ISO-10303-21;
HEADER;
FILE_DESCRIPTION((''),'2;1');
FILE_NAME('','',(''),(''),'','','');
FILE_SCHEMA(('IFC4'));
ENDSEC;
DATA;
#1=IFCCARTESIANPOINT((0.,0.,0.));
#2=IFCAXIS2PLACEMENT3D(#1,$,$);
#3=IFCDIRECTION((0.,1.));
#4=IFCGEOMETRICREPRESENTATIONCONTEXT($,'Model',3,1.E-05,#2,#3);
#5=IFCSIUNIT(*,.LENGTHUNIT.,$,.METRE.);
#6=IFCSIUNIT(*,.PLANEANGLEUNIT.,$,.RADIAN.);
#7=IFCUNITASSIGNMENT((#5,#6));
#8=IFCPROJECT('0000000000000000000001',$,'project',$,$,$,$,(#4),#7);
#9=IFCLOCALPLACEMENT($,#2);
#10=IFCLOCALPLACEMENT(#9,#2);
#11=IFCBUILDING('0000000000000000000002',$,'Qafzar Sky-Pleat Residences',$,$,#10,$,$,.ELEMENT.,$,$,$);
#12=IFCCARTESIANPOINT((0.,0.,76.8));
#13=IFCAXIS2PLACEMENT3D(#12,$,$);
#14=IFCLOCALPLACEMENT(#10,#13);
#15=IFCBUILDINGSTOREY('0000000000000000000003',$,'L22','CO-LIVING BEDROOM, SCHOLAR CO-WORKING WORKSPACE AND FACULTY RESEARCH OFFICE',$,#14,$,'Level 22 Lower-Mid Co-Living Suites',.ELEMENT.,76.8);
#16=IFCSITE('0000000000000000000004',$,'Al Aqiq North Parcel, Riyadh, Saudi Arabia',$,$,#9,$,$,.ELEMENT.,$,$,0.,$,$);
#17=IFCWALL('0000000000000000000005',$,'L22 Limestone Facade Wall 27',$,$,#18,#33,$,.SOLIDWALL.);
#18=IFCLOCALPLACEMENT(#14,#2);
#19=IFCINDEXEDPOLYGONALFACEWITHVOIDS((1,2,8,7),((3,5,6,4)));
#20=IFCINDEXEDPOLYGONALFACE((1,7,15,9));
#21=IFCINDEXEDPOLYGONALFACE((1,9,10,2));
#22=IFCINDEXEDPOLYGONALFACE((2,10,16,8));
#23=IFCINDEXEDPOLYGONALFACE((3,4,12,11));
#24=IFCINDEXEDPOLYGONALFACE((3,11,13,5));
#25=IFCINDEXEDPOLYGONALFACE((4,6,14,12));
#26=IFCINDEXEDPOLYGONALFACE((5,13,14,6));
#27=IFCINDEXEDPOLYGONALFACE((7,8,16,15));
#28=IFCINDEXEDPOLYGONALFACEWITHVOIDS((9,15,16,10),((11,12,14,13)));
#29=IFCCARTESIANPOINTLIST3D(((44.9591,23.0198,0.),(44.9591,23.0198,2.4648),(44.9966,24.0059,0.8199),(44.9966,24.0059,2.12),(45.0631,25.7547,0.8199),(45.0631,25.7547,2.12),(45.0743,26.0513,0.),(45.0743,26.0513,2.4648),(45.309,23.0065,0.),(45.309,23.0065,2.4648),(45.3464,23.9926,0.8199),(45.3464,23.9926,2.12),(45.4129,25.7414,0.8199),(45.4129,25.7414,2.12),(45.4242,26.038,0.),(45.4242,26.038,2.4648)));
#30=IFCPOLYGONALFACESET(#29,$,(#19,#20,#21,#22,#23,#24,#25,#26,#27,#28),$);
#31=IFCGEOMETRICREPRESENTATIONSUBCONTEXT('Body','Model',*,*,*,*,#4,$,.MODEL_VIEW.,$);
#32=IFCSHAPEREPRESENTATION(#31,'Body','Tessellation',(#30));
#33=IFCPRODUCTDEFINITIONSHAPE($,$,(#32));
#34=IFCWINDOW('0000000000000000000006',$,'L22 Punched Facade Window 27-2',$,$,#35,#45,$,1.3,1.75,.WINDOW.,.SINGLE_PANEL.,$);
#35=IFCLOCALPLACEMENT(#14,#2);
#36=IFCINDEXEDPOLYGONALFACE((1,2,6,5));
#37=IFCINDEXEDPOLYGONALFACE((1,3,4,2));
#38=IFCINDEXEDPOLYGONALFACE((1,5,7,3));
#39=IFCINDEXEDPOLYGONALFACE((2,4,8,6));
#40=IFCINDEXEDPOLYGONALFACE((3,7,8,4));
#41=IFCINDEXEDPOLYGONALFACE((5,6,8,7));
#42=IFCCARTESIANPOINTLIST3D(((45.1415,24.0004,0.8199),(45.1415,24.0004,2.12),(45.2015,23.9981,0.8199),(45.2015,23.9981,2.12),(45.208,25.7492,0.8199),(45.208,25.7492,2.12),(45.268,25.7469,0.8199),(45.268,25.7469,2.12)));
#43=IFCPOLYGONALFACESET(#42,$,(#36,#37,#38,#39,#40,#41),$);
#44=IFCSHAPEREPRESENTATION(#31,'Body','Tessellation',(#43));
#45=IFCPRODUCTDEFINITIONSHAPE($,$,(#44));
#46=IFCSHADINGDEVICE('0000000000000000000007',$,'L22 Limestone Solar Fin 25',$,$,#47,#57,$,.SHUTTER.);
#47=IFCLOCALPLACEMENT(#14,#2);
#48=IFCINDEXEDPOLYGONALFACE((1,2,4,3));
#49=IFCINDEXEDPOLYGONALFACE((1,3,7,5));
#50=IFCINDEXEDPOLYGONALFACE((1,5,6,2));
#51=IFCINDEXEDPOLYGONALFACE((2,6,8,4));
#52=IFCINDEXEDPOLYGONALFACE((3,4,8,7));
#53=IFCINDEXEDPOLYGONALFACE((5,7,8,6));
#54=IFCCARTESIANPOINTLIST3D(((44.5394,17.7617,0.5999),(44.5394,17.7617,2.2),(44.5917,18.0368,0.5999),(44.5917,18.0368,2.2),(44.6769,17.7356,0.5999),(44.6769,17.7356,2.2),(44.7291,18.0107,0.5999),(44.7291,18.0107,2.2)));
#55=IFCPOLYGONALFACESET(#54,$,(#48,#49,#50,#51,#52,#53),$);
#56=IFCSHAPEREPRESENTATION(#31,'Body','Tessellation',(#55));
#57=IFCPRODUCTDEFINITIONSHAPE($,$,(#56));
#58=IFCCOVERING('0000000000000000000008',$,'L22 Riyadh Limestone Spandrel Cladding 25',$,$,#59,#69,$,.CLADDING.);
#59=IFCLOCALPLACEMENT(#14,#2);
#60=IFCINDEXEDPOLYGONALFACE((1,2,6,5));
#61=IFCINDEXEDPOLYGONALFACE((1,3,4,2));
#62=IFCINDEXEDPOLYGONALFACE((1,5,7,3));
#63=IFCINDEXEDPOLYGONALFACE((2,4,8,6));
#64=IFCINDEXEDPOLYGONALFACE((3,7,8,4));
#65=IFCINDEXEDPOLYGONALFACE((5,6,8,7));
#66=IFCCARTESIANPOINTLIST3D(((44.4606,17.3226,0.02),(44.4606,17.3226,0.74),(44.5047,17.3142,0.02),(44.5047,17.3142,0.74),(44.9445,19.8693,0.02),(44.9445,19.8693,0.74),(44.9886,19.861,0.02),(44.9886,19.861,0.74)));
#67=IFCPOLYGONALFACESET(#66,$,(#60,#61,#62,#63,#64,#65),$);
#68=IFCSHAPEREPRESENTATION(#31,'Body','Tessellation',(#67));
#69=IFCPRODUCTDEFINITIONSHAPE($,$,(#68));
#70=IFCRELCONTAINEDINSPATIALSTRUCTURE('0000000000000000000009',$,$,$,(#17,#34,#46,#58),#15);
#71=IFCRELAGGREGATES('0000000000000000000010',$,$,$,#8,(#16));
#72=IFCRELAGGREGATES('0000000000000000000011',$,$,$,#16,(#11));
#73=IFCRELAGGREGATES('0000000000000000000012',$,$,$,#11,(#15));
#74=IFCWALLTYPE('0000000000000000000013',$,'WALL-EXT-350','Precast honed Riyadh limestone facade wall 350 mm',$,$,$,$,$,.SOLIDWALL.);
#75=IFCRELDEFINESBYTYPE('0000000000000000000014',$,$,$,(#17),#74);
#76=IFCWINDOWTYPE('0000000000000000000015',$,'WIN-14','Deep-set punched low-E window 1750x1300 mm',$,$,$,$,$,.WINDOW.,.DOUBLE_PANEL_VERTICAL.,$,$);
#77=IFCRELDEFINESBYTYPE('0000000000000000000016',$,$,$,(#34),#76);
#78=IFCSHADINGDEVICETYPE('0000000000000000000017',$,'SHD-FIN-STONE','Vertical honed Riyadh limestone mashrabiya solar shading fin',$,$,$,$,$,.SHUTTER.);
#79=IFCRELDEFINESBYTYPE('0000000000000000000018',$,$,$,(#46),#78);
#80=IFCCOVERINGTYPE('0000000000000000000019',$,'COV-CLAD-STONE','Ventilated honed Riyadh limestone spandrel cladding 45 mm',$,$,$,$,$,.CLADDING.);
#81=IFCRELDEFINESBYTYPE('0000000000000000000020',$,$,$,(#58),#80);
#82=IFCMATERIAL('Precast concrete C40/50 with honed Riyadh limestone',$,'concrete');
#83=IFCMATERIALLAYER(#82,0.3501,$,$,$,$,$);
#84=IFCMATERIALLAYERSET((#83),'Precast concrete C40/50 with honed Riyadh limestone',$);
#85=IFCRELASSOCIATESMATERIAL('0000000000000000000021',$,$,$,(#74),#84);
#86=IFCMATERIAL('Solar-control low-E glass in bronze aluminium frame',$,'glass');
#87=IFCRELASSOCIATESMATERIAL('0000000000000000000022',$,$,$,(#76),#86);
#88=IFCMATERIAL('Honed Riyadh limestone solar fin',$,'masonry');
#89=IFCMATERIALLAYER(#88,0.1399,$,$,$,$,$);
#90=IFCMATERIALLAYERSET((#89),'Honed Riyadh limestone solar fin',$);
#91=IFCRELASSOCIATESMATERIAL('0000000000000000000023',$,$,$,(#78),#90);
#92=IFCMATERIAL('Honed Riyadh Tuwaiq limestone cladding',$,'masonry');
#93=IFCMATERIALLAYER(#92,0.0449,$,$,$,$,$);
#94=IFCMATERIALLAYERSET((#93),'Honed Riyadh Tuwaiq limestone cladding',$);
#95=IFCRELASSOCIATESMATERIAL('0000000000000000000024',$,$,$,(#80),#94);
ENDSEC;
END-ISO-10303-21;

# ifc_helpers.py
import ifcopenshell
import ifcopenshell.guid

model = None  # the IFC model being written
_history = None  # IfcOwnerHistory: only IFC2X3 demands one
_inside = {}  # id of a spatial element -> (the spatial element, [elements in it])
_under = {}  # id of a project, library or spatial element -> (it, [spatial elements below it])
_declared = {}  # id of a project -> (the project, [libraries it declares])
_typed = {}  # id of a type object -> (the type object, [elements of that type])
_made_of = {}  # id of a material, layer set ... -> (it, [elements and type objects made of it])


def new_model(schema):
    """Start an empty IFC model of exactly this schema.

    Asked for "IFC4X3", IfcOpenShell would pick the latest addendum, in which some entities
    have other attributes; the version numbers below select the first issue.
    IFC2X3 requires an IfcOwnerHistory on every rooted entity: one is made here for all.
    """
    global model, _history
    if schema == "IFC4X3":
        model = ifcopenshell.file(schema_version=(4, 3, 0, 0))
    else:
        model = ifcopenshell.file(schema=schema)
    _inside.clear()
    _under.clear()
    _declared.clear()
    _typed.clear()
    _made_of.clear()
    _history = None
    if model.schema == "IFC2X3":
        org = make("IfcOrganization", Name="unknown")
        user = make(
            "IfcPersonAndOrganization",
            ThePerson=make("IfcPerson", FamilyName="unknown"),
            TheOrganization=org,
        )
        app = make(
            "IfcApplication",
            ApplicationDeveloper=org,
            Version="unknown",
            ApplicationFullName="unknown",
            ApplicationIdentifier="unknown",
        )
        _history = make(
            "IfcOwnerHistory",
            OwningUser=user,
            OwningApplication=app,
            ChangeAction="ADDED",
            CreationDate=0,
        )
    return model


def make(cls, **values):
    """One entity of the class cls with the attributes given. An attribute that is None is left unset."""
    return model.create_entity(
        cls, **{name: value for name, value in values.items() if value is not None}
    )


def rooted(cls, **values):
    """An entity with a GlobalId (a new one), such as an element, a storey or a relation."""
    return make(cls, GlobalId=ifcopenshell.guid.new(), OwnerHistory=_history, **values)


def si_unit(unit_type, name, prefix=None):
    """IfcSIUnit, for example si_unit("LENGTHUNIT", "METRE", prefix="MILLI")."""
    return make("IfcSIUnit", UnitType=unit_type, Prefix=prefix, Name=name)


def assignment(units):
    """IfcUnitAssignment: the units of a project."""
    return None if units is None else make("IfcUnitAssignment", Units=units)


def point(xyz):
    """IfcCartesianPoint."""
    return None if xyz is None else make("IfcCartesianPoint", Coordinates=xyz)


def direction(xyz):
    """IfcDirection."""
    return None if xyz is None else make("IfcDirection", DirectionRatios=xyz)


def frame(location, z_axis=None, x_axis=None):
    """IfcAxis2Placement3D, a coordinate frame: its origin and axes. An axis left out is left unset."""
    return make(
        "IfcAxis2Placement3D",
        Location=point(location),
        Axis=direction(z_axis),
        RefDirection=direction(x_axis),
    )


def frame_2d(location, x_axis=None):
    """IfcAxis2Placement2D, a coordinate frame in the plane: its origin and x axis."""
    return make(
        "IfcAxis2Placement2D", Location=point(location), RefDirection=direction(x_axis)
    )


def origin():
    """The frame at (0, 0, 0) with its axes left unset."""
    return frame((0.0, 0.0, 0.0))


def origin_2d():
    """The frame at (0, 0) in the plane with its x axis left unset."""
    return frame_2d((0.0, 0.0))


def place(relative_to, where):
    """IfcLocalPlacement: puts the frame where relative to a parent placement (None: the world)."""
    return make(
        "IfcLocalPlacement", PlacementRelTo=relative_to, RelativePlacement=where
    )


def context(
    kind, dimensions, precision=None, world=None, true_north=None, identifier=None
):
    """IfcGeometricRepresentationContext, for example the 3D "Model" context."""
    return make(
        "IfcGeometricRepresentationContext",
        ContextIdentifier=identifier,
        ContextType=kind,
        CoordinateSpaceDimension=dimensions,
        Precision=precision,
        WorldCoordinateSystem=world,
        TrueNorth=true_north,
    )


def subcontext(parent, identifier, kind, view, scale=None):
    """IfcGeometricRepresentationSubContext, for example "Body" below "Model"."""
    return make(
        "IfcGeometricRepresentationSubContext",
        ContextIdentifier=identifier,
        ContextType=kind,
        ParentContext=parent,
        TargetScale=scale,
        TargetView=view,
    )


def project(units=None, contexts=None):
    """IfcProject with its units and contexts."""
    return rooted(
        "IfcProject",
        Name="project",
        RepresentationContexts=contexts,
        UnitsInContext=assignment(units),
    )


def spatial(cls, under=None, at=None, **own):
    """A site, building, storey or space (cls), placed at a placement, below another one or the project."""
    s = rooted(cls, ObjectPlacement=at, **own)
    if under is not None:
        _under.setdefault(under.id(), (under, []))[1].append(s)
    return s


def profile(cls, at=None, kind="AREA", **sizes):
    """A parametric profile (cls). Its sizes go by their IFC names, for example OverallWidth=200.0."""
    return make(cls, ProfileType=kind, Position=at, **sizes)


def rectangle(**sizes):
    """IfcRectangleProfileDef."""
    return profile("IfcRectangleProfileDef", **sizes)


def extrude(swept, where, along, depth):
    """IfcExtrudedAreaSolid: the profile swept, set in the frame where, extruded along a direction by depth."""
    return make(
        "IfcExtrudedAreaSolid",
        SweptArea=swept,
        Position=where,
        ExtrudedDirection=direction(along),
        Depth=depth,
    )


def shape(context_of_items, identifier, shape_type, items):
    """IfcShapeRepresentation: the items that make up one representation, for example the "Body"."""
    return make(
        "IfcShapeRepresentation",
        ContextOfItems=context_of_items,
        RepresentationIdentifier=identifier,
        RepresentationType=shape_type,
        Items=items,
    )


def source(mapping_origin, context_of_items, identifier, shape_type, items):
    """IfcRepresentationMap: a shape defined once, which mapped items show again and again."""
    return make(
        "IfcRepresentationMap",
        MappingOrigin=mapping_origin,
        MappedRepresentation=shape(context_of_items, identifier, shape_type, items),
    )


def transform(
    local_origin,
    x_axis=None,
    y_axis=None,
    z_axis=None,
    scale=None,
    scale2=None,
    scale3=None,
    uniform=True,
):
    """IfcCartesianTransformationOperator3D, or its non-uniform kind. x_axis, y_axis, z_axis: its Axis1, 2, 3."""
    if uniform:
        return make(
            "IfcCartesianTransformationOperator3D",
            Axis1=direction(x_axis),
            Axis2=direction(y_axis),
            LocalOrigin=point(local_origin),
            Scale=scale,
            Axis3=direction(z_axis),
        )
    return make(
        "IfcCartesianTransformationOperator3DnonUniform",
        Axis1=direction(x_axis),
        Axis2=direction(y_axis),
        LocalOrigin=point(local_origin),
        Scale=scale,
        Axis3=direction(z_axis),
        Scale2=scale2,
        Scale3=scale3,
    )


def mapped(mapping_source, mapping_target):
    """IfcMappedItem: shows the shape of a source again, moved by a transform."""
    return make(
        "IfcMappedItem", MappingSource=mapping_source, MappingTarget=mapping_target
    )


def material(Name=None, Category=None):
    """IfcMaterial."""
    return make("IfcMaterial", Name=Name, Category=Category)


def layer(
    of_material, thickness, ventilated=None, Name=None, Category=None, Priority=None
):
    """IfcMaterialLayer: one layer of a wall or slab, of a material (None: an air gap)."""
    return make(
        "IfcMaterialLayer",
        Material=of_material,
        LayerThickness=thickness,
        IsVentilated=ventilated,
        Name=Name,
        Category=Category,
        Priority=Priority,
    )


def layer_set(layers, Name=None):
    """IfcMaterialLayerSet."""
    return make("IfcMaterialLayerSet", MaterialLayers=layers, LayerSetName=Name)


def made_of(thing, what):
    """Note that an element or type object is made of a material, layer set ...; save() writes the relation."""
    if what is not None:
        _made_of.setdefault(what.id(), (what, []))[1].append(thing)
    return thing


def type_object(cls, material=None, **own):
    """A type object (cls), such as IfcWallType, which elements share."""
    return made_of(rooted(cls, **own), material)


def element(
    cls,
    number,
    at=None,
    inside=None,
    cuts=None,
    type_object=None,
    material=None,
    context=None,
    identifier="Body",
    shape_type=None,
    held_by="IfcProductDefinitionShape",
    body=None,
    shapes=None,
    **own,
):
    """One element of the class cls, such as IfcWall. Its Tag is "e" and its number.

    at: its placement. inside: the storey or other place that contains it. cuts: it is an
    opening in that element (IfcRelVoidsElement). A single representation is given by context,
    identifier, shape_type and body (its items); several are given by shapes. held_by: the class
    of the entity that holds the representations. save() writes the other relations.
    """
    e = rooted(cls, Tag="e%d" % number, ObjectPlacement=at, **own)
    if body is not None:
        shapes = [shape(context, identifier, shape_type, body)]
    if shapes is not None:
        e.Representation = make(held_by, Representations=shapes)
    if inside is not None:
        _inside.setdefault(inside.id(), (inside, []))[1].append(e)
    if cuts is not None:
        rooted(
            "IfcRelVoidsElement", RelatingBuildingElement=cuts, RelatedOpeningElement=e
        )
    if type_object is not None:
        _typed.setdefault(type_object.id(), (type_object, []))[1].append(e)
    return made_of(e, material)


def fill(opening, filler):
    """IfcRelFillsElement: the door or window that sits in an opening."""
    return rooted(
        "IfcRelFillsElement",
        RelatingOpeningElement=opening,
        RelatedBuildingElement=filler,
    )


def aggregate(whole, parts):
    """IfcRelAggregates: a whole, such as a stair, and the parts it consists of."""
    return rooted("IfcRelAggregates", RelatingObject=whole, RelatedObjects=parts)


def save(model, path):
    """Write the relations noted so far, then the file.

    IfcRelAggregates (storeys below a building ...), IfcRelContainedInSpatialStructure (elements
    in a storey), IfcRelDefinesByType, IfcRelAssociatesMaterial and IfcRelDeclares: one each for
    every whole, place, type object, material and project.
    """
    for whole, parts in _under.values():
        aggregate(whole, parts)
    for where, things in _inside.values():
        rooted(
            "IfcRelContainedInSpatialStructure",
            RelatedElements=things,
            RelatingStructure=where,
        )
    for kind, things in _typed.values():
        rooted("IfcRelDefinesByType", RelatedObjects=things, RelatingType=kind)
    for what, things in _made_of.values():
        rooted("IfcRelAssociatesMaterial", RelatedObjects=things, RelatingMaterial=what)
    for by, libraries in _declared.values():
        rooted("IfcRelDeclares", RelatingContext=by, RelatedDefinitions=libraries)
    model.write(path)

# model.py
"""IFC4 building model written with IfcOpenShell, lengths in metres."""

from ifc_helpers import new_model, si_unit, direction, frame, frame_2d, origin, origin_2d, place, context, subcontext, project, spatial, rectangle, extrude, source, transform, mapped, material, layer, layer_set, type_object, element, fill, save


model = new_model("IFC4")

# Units and contexts
model_context = context("Model", 3, precision=1e-05, world=origin(), true_north=direction((0.0, 1.0)))
body_context = subcontext(model_context, "Body", "Model", "MODEL_VIEW")
ifc_project = project(units=[si_unit("LENGTHUNIT", "METRE"), si_unit("PLANEANGLEUNIT", "RADIAN")], contexts=[model_context])

# Site, building, storey
site_placement = place(None, origin())
site = spatial("IfcSite", under=ifc_project, at=site_placement, Name="Al Aqiq North Parcel, Riyadh, Saudi Arabia", CompositionType="ELEMENT", RefElevation=0.0)
building_placement = place(site_placement, origin())
building = spatial("IfcBuilding", under=site, at=building_placement, Name="Qafzar Sky-Pleat Residences", CompositionType="ELEMENT")
storey_placement = place(building_placement, frame((0.0, 0.0, 76.8)))
storey = spatial("IfcBuildingStorey", under=building, at=storey_placement, Name="L22", Description="CO-LIVING BEDROOM, SCHOLAR CO-WORKING WORKSPACE AND FACULTY RESEARCH OFFICE", LongName="Level 22 Lower-Mid Co-Living Suites", CompositionType="ELEMENT", Elevation=76.8)

# Wall, opening, window
ifc_material_1 = material(Name="Precast concrete C40/50 with honed Riyadh limestone", Category="concrete")
ifc_layer_1 = layer(ifc_material_1, 0.3501)
ifc_layer_set_1 = layer_set([ifc_layer_1], Name="Precast concrete C40/50 with honed Riyadh limestone")
wall_type_1 = type_object("IfcWallType", Name="WALL-EXT-350", Description="Precast honed Riyadh limestone facade wall 350 mm", PredefinedType="SOLIDWALL", material=ifc_layer_set_1)
ifc_material_2 = material(Name="Solar-control low-E glass in bronze aluminium frame", Category="glass")
wall_1_placement = place(storey_placement, frame((45.134, 23.0132, 0.0), z_axis=(0.0, 0.0, 1.0), x_axis=(0.037985, 0.999278, 0.0)))
wall_1 = element("IfcWall", 1, at=wall_1_placement, inside=storey, type_object=wall_type_1, Name="L22 Limestone Facade Wall 27", PredefinedType="SOLIDWALL", context=body_context, shape_type="SweptSolid", body=[
    extrude(rectangle(XDim=3.0337, YDim=0.3501, at=frame_2d((1.5168, 0.0))), origin(), (0.0, 0.0, 1.0), 2.4648),
])
opening_1_placement = place(wall_1_placement, frame((0.9868, 0.0, 0.8201)))
opening_1 = element("IfcOpeningElement", 2, at=opening_1_placement, cuts=wall_1, PredefinedType="OPENING", context=body_context, shape_type="SweptSolid", body=[
    extrude(rectangle(XDim=1.75, YDim=1.3, at=frame_2d((0.875, 0.6499))), frame((0.0, 0.1851, 0.0), z_axis=(0.0, -1.0, 0.0), x_axis=(1.0, 0.0, 0.0)), (0.0, 0.0, 1.0), 0.3701),
])
window_type_1 = type_object("IfcWindowType", Name="WIN-14", Description="Deep-set punched low-E window 1750x1300 mm", PartitioningType="DOUBLE_PANEL_VERTICAL", PredefinedType="WINDOW", material=ifc_material_2)
shared_shape_1 = source(origin(), body_context, "Body", "SweptSolid", [
    extrude(rectangle(XDim=1.75, YDim=1.3, at=frame_2d((0.875, 0.6499))), frame((0.0, 0.03, 0.0), z_axis=(0.0, -1.0, 0.0), x_axis=(1.0, 0.0, 0.0)), (0.0, 0.0, 1.0), 0.0601),
])
window_1_placement = place(opening_1_placement, origin())
window_1 = element("IfcWindow", 3, at=window_1_placement, inside=storey, type_object=window_type_1, Name="L22 Punched Facade Window 27-2", OverallHeight=1.3, OverallWidth=1.75, PartitioningType="SINGLE_PANEL", PredefinedType="WINDOW", context=body_context, shape_type="MappedRepresentation", body=[
    mapped(shared_shape_1, transform((0.0, 0.0, 0.0), x_axis=(1.0, 0.0, 0.0), y_axis=(0.0, 1.0, 0.0), z_axis=(0.0, 0.0, 1.0), scale=1.0)),
])
fill(opening_1, window_1)

# Shading device
ifc_material_3 = material(Name="Honed Riyadh limestone solar fin", Category="masonry")
ifc_layer_2 = layer(ifc_material_3, 0.1399)
ifc_layer_set_2 = layer_set([ifc_layer_2], Name="Honed Riyadh limestone solar fin")
shading_device_type = type_object("IfcShadingDeviceType", Name="SHD-FIN-STONE", Description="Vertical honed Riyadh limestone mashrabiya solar shading fin", PredefinedType="SHUTTER", material=ifc_layer_set_2)
shared_shape_2 = source(origin(), body_context, "Body", "SweptSolid", [
    extrude(rectangle(XDim=0.1399, YDim=0.28, at=origin_2d()), origin(), (0.0, 0.0, 1.0), 1.6001),
])
shading_device_placement = place(storey_placement, frame((44.6343, 17.8862, 0.5999), z_axis=(0.0, 0.0, 1.0), x_axis=(0.982421, -0.186678, 0.0)))
element("IfcShadingDevice", 4, at=shading_device_placement, inside=storey, type_object=shading_device_type, Name="L22 Limestone Solar Fin 25", PredefinedType="SHUTTER", context=body_context, shape_type="MappedRepresentation", body=[
    mapped(shared_shape_2, transform((0.0, 0.0, 0.0), x_axis=(1.0, 0.0, 0.0), y_axis=(0.0, 1.0, 0.0), z_axis=(0.0, 0.0, 1.0), scale=1.0)),
])

# Covering
ifc_material_4 = material(Name="Honed Riyadh Tuwaiq limestone cladding", Category="masonry")
ifc_layer_3 = layer(ifc_material_4, 0.0449)
ifc_layer_set_3 = layer_set([ifc_layer_3], Name="Honed Riyadh Tuwaiq limestone cladding")
covering_type = type_object("IfcCoveringType", Name="COV-CLAD-STONE", Description="Ventilated honed Riyadh limestone spandrel cladding 45 mm", PredefinedType="CLADDING", material=ifc_layer_set_3)
shared_shape_3 = source(origin(), body_context, "Body", "SweptSolid", [
    extrude(rectangle(XDim=2.5923, YDim=0.0449, at=origin_2d()), origin(), (0.0, 0.0, 1.0), 0.72),
])
covering_placement = place(storey_placement, frame((44.7246, 18.5918, 0.02), z_axis=(0.0, 0.0, 1.0), x_axis=(0.18668, 0.982421, 0.0)))
element("IfcCovering", 5, at=covering_placement, inside=storey, type_object=covering_type, Name="L22 Riyadh Limestone Spandrel Cladding 25", PredefinedType="CLADDING", context=body_context, shape_type="MappedRepresentation", body=[
    mapped(shared_shape_3, transform((0.0, 0.0, 0.0), x_axis=(1.0, 0.0, 0.0), y_axis=(0.0, 1.0, 0.0), z_axis=(0.0, 0.0, 1.0), scale=1.0)),
])

save(model, "model.ifc")
